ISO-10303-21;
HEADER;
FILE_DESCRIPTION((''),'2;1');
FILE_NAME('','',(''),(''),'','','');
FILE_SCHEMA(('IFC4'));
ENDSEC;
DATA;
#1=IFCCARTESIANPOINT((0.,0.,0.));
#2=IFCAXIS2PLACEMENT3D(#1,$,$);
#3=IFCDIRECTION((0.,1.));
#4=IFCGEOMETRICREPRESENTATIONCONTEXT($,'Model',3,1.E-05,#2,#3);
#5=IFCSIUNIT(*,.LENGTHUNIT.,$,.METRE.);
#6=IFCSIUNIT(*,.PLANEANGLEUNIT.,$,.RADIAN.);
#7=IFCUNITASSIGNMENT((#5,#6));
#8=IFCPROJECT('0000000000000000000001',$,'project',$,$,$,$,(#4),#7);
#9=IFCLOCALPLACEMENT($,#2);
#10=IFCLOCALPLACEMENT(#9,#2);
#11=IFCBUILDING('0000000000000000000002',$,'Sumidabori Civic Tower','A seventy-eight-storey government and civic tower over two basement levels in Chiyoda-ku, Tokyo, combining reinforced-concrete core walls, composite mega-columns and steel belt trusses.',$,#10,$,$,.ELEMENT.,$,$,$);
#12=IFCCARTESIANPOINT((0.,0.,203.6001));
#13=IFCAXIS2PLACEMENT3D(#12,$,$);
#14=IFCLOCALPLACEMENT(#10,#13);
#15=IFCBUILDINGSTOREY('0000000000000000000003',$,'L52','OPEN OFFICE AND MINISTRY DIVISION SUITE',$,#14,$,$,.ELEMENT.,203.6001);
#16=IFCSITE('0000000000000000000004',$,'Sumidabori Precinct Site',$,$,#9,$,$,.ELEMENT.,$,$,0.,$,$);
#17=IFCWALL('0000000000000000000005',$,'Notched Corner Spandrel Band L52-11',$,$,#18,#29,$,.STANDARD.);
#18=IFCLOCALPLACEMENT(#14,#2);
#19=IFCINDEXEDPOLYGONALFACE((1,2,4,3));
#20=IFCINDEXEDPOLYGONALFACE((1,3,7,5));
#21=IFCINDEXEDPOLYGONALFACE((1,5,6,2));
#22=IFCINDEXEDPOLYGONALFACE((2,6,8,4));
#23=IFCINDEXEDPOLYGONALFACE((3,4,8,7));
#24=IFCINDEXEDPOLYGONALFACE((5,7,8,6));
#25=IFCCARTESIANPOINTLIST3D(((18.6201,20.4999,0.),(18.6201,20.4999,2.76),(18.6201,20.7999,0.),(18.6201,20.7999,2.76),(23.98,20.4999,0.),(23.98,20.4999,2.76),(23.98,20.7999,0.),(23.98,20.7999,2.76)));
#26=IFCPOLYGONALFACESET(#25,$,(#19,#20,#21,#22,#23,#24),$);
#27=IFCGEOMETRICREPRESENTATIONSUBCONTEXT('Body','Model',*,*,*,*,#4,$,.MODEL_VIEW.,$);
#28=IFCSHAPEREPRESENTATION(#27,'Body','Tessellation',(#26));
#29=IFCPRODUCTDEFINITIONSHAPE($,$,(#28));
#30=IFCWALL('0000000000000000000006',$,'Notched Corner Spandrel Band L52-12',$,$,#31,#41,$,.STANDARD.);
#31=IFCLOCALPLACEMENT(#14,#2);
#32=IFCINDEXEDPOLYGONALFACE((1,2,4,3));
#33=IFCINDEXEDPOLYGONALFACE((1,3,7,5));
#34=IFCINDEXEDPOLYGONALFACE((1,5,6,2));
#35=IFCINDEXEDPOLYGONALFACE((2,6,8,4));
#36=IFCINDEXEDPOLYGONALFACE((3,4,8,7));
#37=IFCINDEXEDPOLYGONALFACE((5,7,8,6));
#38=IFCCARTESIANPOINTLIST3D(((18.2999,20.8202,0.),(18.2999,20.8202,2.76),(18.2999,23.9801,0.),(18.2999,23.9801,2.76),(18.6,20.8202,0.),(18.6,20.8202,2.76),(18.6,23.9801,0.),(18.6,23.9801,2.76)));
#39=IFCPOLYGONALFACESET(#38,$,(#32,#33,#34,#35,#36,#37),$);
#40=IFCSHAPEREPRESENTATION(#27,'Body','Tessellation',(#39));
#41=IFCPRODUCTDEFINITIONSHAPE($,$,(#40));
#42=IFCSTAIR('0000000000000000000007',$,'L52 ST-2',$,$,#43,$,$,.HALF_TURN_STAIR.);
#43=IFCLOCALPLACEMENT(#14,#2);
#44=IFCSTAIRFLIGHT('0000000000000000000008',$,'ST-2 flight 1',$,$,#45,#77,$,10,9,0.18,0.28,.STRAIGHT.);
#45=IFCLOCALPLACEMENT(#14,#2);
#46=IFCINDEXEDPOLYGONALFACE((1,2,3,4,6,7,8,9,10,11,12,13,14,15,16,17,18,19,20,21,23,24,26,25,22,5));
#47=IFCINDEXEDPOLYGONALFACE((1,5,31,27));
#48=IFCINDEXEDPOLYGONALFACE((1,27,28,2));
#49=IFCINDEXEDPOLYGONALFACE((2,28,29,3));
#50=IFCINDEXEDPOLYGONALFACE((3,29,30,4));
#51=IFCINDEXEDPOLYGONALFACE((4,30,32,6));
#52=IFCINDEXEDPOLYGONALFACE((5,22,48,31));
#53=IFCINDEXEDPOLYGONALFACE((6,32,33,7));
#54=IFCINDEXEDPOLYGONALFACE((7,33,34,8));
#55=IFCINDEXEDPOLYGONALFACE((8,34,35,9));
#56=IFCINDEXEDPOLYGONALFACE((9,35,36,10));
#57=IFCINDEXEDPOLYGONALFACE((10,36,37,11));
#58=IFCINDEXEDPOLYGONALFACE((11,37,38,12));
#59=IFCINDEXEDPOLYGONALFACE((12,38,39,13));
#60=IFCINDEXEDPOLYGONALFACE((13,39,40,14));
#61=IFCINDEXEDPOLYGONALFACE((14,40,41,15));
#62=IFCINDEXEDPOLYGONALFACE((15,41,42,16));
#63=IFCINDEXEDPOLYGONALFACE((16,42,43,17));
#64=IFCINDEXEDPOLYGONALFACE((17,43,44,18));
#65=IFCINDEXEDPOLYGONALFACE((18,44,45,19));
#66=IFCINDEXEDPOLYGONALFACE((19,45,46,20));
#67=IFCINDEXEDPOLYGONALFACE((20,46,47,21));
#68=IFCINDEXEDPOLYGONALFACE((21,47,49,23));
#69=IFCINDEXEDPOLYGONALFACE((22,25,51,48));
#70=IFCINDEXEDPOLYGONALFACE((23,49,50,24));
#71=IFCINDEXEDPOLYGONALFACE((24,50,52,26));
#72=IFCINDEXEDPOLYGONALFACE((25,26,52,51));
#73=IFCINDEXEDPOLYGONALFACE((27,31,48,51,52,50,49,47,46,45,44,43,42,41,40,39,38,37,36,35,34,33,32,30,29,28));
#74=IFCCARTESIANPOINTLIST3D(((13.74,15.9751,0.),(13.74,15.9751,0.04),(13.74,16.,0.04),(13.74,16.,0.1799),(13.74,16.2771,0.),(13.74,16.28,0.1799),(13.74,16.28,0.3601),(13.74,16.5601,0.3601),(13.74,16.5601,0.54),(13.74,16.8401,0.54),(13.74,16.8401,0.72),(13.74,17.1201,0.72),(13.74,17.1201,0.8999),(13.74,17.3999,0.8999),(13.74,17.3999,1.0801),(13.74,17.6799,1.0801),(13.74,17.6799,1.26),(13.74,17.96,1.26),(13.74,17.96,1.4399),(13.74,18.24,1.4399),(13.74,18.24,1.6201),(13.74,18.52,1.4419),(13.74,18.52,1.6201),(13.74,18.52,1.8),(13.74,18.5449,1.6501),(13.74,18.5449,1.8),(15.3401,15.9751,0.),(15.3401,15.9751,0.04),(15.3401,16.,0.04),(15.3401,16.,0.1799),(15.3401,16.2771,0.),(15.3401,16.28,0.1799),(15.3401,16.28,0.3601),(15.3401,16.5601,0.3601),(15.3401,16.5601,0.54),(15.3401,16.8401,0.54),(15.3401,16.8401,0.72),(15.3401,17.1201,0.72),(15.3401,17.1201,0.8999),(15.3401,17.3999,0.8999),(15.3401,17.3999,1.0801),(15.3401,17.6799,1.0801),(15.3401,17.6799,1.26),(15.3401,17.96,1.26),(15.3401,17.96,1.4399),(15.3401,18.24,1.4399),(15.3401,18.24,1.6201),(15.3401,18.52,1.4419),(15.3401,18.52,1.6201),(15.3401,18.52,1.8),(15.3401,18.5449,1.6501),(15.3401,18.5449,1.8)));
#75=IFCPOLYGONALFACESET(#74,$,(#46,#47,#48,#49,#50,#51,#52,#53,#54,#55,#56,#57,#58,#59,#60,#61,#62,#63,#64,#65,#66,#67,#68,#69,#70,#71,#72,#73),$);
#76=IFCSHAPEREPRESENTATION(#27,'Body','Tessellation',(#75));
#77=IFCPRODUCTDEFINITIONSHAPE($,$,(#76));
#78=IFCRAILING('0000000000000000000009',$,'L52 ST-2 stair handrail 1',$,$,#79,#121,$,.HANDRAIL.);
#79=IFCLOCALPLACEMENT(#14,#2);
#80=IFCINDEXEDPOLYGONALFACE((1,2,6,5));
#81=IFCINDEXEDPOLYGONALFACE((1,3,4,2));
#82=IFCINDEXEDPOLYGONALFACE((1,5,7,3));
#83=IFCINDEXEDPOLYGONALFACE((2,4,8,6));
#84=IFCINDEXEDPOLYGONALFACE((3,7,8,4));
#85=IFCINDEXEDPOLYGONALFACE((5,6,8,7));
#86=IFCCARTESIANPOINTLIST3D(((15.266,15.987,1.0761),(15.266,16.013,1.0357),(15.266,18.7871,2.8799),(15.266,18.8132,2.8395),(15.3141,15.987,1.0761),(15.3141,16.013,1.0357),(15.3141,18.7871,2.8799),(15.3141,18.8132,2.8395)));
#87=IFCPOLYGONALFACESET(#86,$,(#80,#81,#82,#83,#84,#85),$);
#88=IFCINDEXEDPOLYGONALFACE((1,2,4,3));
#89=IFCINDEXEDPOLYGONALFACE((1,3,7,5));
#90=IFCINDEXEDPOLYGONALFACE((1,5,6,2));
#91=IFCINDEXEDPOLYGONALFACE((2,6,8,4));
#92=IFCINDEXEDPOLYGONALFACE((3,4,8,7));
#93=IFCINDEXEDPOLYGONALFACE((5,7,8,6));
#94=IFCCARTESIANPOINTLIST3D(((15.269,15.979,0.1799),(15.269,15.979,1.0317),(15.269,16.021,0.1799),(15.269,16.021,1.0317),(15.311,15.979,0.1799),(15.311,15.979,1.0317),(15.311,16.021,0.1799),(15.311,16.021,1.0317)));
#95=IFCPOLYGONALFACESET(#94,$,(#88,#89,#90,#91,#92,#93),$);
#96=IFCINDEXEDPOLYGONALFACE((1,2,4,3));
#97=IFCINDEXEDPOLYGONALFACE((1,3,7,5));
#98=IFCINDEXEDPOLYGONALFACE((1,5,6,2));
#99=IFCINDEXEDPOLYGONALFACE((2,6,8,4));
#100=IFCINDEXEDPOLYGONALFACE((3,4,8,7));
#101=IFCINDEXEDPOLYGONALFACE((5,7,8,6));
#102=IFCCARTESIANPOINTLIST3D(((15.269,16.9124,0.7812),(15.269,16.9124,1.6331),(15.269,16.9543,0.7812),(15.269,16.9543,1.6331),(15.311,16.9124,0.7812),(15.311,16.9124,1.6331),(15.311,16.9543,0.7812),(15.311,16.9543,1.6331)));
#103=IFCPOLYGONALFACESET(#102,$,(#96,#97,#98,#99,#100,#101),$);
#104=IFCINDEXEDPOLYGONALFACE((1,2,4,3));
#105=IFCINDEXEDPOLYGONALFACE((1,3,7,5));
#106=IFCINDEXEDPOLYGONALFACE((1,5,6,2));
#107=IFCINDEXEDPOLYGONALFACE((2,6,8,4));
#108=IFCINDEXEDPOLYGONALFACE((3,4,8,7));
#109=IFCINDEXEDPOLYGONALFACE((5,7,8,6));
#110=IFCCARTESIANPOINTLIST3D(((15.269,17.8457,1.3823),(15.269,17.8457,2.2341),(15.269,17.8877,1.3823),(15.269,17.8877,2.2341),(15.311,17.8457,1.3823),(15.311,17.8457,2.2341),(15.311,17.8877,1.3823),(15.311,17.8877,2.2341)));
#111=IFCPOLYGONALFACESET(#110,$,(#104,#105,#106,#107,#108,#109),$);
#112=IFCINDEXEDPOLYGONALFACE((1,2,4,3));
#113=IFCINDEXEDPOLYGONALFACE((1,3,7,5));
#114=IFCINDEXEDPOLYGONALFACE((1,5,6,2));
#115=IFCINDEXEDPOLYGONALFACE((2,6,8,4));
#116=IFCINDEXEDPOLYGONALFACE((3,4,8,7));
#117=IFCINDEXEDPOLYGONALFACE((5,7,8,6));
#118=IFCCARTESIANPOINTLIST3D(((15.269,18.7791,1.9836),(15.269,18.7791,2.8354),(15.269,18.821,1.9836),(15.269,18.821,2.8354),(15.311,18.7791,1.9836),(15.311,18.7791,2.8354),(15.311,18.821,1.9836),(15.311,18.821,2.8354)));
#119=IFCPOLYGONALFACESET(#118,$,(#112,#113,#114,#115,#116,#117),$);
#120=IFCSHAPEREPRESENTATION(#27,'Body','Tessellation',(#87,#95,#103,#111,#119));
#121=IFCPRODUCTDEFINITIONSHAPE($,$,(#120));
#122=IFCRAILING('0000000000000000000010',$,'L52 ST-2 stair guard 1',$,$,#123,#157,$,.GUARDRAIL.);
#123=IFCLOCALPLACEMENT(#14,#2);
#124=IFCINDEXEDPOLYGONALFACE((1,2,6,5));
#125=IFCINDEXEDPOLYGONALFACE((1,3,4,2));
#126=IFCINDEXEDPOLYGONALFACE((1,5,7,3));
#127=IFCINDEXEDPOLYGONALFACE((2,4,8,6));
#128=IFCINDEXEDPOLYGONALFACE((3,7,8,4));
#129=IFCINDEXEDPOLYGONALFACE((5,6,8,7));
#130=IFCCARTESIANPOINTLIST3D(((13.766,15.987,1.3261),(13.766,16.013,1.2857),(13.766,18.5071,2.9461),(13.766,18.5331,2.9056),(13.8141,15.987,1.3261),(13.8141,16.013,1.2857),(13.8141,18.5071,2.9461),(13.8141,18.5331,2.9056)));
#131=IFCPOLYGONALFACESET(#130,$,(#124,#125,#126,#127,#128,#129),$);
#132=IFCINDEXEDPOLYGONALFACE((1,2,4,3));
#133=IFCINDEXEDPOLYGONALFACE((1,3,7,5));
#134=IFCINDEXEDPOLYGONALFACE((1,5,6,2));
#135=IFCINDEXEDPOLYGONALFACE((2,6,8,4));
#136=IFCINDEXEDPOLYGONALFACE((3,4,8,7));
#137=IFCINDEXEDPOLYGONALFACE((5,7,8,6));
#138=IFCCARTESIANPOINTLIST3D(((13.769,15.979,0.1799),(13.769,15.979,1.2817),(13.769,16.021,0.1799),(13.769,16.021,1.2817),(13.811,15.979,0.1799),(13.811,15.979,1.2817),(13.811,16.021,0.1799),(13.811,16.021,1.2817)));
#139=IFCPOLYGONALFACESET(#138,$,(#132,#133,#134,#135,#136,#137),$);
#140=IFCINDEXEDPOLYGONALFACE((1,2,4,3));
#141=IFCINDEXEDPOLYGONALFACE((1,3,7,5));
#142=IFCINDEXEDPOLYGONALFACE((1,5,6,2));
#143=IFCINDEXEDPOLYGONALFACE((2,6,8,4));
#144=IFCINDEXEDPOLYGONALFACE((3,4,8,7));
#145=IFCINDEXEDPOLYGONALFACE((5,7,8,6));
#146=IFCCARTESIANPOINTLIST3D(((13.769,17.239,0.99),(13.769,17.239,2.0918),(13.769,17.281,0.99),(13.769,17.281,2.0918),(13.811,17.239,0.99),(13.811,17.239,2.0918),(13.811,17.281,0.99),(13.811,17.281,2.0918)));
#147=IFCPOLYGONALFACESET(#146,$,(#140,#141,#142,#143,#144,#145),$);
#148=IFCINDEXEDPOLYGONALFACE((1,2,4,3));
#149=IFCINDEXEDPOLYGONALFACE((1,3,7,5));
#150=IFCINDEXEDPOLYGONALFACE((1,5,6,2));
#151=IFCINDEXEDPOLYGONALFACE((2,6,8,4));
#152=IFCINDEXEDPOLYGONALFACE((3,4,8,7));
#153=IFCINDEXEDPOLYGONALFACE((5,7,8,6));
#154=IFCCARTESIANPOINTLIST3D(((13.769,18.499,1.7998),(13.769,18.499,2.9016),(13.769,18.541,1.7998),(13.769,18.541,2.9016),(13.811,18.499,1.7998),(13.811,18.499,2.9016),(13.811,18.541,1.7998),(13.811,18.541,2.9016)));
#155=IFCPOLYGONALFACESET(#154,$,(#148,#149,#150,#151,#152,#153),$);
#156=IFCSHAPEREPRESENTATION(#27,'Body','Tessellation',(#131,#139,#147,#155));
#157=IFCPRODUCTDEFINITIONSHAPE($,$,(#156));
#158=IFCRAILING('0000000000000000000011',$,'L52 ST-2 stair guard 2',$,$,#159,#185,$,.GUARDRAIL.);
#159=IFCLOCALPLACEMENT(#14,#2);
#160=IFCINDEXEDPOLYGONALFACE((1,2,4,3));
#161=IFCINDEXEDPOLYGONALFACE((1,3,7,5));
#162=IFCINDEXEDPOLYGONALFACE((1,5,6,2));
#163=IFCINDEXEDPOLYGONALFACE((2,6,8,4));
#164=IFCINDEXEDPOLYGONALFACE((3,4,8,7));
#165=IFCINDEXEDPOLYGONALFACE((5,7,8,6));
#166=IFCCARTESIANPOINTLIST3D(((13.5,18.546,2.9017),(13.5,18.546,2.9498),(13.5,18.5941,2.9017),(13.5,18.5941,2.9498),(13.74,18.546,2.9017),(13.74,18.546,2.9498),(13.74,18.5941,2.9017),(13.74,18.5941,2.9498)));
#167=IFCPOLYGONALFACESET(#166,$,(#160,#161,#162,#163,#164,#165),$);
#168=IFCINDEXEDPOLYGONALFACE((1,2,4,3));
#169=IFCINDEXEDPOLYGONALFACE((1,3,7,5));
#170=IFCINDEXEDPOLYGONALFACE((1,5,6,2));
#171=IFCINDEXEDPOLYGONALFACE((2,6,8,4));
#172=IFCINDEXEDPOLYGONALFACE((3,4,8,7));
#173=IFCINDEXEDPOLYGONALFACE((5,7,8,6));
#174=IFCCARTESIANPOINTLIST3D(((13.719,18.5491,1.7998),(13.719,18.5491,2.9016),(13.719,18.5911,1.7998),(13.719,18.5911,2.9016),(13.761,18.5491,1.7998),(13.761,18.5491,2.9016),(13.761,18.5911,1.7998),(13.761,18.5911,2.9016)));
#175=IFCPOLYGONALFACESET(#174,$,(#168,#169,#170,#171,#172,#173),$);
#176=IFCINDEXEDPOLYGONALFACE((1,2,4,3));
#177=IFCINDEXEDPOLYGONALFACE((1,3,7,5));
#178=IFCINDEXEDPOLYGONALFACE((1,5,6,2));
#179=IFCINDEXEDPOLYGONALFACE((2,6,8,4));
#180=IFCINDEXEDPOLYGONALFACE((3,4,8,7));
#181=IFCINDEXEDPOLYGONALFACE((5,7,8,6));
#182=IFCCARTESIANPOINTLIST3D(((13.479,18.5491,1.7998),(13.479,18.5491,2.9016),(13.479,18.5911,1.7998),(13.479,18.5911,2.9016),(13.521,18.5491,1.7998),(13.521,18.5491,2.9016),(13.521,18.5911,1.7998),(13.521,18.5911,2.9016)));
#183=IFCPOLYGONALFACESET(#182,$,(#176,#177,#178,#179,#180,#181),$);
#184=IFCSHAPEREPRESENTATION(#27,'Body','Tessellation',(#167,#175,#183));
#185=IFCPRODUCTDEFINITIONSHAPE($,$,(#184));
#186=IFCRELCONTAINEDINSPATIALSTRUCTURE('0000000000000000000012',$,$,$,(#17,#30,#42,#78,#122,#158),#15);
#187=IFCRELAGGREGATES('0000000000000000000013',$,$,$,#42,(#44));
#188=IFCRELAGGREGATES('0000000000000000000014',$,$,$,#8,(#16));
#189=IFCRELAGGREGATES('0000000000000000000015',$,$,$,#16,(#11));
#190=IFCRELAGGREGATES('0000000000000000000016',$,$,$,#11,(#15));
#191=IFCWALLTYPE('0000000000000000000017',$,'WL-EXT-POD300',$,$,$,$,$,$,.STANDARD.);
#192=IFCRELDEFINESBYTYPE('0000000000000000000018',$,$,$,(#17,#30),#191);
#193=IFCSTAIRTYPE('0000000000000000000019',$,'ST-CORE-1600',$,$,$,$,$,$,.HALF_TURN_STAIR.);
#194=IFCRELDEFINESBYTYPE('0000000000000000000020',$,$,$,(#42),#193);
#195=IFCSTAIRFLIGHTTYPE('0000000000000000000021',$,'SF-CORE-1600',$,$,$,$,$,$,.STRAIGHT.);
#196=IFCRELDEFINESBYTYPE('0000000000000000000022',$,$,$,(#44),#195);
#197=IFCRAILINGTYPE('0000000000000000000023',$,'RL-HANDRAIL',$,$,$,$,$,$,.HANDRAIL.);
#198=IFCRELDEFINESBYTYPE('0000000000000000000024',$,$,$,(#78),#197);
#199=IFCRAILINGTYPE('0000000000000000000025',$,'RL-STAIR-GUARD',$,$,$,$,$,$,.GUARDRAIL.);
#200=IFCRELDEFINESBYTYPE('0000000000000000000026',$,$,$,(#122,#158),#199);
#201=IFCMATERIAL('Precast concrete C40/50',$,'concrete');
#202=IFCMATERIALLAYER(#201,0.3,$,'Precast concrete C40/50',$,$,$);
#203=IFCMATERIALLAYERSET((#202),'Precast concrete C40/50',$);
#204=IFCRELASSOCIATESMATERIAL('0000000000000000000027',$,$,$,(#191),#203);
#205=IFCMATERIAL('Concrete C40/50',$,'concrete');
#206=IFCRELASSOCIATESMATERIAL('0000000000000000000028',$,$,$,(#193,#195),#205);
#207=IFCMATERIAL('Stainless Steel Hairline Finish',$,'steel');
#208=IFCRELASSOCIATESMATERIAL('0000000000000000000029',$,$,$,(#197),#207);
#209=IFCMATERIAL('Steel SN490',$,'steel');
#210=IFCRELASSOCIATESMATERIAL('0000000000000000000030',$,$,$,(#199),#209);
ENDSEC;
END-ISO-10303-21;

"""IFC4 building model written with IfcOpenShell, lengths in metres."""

from ifc_helpers import new_model, si_unit, direction, frame, frame_2d, origin, origin_2d, place, context, subcontext, project, spatial, polyline, rectangle, outline, extrude, source, transform, mapped, material, layer, layer_set, type_object, element, aggregate, save


model = new_model("IFC4")

# Units and contexts
model_context = context("Model", 3, precision=1e-05, world=origin(), true_north=direction((0.0, 1.0)))
body_context = subcontext(model_context, "Body", "Model", "MODEL_VIEW")
ifc_project = project(units=[si_unit("LENGTHUNIT", "METRE"), si_unit("PLANEANGLEUNIT", "RADIAN")], contexts=[model_context])

# Site, building, storey
site_placement = place(None, origin())
site = spatial("IfcSite", under=ifc_project, at=site_placement, Name="Sumidabori Precinct Site", CompositionType="ELEMENT", RefElevation=0.0)
building_placement = place(site_placement, origin())
building = spatial("IfcBuilding", under=site, at=building_placement, Name="Sumidabori Civic Tower", Description="A seventy-eight-storey government and civic tower over two basement levels in Chiyoda-ku, Tokyo, combining reinforced-concrete core walls, composite mega-columns and steel belt trusses.", CompositionType="ELEMENT")
storey_placement = place(building_placement, frame((0.0, 0.0, 203.6001)))
storey = spatial("IfcBuildingStorey", under=building, at=storey_placement, Name="L52", Description="OPEN OFFICE AND MINISTRY DIVISION SUITE", CompositionType="ELEMENT", Elevation=203.6001)

# Walls
ifc_material_1 = material(Name="Precast concrete C40/50", Category="concrete")
ifc_layer_1 = layer(ifc_material_1, 0.3, Name="Precast concrete C40/50")
ifc_layer_set_1 = layer_set([ifc_layer_1], Name="Precast concrete C40/50")
wall_type = type_object("IfcWallType", Name="WL-EXT-POD300", PredefinedType="STANDARD", material=ifc_layer_set_1)
shared_shape_1 = source(origin(), body_context, "Body", "SweptSolid", [
    extrude(rectangle(XDim=5.3599, YDim=0.3, at=frame_2d((2.6799, 0.0))), origin(), (0.0, 0.0, 1.0), 2.76),
])
wall_1_placement = place(storey_placement, frame((23.98, 20.6499, 0.0), z_axis=(0.0, 0.0, 1.0), x_axis=(-1.0, 0.0, 0.0)))
element("IfcWall", 1, at=wall_1_placement, inside=storey, type_object=wall_type, Name="Notched Corner Spandrel Band L52-11", PredefinedType="STANDARD", context=body_context, shape_type="MappedRepresentation", body=[
    mapped(shared_shape_1, transform((0.0, 0.0, 0.0), x_axis=(1.0, 0.0, 0.0), y_axis=(0.0, 1.0, 0.0), z_axis=(0.0, 0.0, 1.0), scale=1.0)),
])
shared_shape_2 = source(origin(), body_context, "Body", "SweptSolid", [
    extrude(rectangle(XDim=3.1599, YDim=0.3, at=frame_2d((1.5801, 0.0))), origin(), (0.0, 0.0, 1.0), 2.76),
])
wall_2_placement = place(storey_placement, frame((18.45, 20.8201, 0.0), z_axis=(0.0, 0.0, 1.0), x_axis=(0.0, 1.0, 0.0)))
element("IfcWall", 2, at=wall_2_placement, inside=storey, type_object=wall_type, Name="Notched Corner Spandrel Band L52-12", PredefinedType="STANDARD", context=body_context, shape_type="MappedRepresentation", body=[
    mapped(shared_shape_2, transform((0.0, 0.0, 0.0), x_axis=(1.0, 0.0, 0.0), y_axis=(0.0, 1.0, 0.0), z_axis=(0.0, 0.0, 1.0), scale=1.0)),
])

# Stair, stair flight
ifc_material_2 = material(Name="Concrete C40/50", Category="concrete")
stair_type = type_object("IfcStairType", Name="ST-CORE-1600", PredefinedType="HALF_TURN_STAIR", material=ifc_material_2)
stair_placement = place(storey_placement, origin())
stair = element("IfcStair", 3, at=stair_placement, inside=storey, type_object=stair_type, Name="L52 ST-2", PredefinedType="HALF_TURN_STAIR")
stair_flight_type = type_object("IfcStairFlightType", Name="SF-CORE-1600", PredefinedType="STRAIGHT", material=ifc_material_2)
shared_shape_3 = source(origin(), body_context, "Body", "SweptSolid", [
    extrude(outline(polyline([(-0.0249, 0.0), (-0.0249, 0.04), (0.0, 0.04), (0.0, 0.1799), (0.28, 0.1799), (0.28, 0.3601), (0.5601, 0.3601), (0.5601, 0.54), (0.8401, 0.54), (0.8401, 0.72), (1.1201, 0.72), (1.1201, 0.8999), (1.3999, 0.8999), (1.3999, 1.0801), (1.6799, 1.0801), (1.6799, 1.26), (1.96, 1.26), (1.96, 1.4399), (2.24, 1.4399), (2.24, 1.6201), (2.52, 1.6201), (2.52, 1.8), (2.5449, 1.8), (2.5449, 1.6501), (2.52, 1.4419), (0.2771, 0.0), (-0.0249, 0.0)])), frame((0.0, 0.8, 0.0), z_axis=(0.0, -1.0, 0.0), x_axis=(1.0, 0.0, 0.0)), (0.0, 0.0, 1.0), 1.6001),
])
stair_flight_placement = place(storey_placement, frame((14.54, 16.0, 0.0), z_axis=(0.0, 0.0, 1.0), x_axis=(0.0, 1.0, 0.0)))
stair_flight = element("IfcStairFlight", 4, at=stair_flight_placement, type_object=stair_flight_type, Name="ST-2 flight 1", NumberOfRisers=10, NumberOfTreads=9, PredefinedType="STRAIGHT", RiserHeight=0.18, TreadLength=0.28, context=body_context, shape_type="MappedRepresentation", body=[
    mapped(shared_shape_3, transform((0.0, 0.0, 0.0), x_axis=(1.0, 0.0, 0.0), y_axis=(0.0, 1.0, 0.0), z_axis=(0.0, 0.0, 1.0), scale=1.0)),
])
aggregate(stair, [stair_flight])

# Railings
ifc_material_3 = material(Name="Stainless Steel Hairline Finish", Category="steel")
railing_type_1 = type_object("IfcRailingType", Name="RL-HANDRAIL", PredefinedType="HANDRAIL", material=ifc_material_3)
railing_1_placement = place(storey_placement, frame((15.29, 16.0, 0.1799)))
element("IfcRailing", 5, at=railing_1_placement, inside=storey, type_object=railing_type_1, Name="L52 ST-2 stair handrail 1", PredefinedType="HANDRAIL", context=body_context, shape_type="SweptSolid", body=[
    extrude(rectangle(XDim=0.0481, YDim=0.0481, at=origin_2d()), frame((0.0, 0.0, 0.876), z_axis=(0.0, 0.840676, 0.541539), x_axis=(-1.0, 0.0, 0.0)), (0.0, 0.0, 1.0), 3.3308),
    extrude(rectangle(XDim=0.042, YDim=0.042, at=origin_2d()), origin(), (0.0, 0.0, 1.0), 0.8518),
    extrude(rectangle(XDim=0.042, YDim=0.042, at=origin_2d()), frame((0.0, 0.9333, 0.6013)), (0.0, 0.0, 1.0), 0.8518),
    extrude(rectangle(XDim=0.042, YDim=0.042, at=origin_2d()), frame((0.0, 1.8667, 1.2024)), (0.0, 0.0, 1.0), 0.8518),
    extrude(rectangle(XDim=0.042, YDim=0.042, at=origin_2d()), frame((0.0, 2.8, 1.8037)), (0.0, 0.0, 1.0), 0.8518),
])
ifc_material_4 = material(Name="Steel SN490", Category="steel")
railing_type_2 = type_object("IfcRailingType", Name="RL-STAIR-GUARD", PredefinedType="GUARDRAIL", material=ifc_material_4)
railing_2_placement = place(storey_placement, frame((13.79, 16.0, 0.1799)))
element("IfcRailing", 6, at=railing_2_placement, inside=storey, type_object=railing_type_2, Name="L52 ST-2 stair guard 1", PredefinedType="GUARDRAIL", context=body_context, shape_type="SweptSolid", body=[
    extrude(rectangle(XDim=0.0481, YDim=0.0481, at=origin_2d()), frame((0.0, 0.0, 1.126), z_axis=(0.0, 0.8412, 0.540725), x_axis=(-1.0, 0.0, 0.0)), (0.0, 0.0, 1.0), 2.9958),
    extrude(rectangle(XDim=0.042, YDim=0.042, at=origin_2d()), origin(), (0.0, 0.0, 1.0), 1.1018),
    extrude(rectangle(XDim=0.042, YDim=0.042, at=origin_2d()), frame((0.0, 1.26, 0.8101)), (0.0, 0.0, 1.0), 1.1018),
    extrude(rectangle(XDim=0.042, YDim=0.042, at=origin_2d()), frame((0.0, 2.52, 1.6199)), (0.0, 0.0, 1.0), 1.1018),
])
railing_3_placement = place(storey_placement, frame((13.74, 18.5701, 1.7998)))
element("IfcRailing", 7, at=railing_3_placement, inside=storey, type_object=railing_type_2, Name="L52 ST-2 stair guard 2", PredefinedType="GUARDRAIL", context=body_context, shape_type="SweptSolid", body=[
    extrude(rectangle(XDim=0.0481, YDim=0.0481, at=origin_2d()), frame((0.0, 0.0, 1.126), z_axis=(-1.0, 0.0, 0.0), x_axis=(0.0, -1.0, 0.0)), (0.0, 0.0, 1.0), 0.24),
    extrude(rectangle(XDim=0.042, YDim=0.042, at=origin_2d()), origin(), (0.0, 0.0, 1.0), 1.1018),
    extrude(rectangle(XDim=0.042, YDim=0.042, at=origin_2d()), frame((-0.24, 0.0, 0.0)), (0.0, 0.0, 1.0), 1.1018),
])

save(model, "model.ifc")
